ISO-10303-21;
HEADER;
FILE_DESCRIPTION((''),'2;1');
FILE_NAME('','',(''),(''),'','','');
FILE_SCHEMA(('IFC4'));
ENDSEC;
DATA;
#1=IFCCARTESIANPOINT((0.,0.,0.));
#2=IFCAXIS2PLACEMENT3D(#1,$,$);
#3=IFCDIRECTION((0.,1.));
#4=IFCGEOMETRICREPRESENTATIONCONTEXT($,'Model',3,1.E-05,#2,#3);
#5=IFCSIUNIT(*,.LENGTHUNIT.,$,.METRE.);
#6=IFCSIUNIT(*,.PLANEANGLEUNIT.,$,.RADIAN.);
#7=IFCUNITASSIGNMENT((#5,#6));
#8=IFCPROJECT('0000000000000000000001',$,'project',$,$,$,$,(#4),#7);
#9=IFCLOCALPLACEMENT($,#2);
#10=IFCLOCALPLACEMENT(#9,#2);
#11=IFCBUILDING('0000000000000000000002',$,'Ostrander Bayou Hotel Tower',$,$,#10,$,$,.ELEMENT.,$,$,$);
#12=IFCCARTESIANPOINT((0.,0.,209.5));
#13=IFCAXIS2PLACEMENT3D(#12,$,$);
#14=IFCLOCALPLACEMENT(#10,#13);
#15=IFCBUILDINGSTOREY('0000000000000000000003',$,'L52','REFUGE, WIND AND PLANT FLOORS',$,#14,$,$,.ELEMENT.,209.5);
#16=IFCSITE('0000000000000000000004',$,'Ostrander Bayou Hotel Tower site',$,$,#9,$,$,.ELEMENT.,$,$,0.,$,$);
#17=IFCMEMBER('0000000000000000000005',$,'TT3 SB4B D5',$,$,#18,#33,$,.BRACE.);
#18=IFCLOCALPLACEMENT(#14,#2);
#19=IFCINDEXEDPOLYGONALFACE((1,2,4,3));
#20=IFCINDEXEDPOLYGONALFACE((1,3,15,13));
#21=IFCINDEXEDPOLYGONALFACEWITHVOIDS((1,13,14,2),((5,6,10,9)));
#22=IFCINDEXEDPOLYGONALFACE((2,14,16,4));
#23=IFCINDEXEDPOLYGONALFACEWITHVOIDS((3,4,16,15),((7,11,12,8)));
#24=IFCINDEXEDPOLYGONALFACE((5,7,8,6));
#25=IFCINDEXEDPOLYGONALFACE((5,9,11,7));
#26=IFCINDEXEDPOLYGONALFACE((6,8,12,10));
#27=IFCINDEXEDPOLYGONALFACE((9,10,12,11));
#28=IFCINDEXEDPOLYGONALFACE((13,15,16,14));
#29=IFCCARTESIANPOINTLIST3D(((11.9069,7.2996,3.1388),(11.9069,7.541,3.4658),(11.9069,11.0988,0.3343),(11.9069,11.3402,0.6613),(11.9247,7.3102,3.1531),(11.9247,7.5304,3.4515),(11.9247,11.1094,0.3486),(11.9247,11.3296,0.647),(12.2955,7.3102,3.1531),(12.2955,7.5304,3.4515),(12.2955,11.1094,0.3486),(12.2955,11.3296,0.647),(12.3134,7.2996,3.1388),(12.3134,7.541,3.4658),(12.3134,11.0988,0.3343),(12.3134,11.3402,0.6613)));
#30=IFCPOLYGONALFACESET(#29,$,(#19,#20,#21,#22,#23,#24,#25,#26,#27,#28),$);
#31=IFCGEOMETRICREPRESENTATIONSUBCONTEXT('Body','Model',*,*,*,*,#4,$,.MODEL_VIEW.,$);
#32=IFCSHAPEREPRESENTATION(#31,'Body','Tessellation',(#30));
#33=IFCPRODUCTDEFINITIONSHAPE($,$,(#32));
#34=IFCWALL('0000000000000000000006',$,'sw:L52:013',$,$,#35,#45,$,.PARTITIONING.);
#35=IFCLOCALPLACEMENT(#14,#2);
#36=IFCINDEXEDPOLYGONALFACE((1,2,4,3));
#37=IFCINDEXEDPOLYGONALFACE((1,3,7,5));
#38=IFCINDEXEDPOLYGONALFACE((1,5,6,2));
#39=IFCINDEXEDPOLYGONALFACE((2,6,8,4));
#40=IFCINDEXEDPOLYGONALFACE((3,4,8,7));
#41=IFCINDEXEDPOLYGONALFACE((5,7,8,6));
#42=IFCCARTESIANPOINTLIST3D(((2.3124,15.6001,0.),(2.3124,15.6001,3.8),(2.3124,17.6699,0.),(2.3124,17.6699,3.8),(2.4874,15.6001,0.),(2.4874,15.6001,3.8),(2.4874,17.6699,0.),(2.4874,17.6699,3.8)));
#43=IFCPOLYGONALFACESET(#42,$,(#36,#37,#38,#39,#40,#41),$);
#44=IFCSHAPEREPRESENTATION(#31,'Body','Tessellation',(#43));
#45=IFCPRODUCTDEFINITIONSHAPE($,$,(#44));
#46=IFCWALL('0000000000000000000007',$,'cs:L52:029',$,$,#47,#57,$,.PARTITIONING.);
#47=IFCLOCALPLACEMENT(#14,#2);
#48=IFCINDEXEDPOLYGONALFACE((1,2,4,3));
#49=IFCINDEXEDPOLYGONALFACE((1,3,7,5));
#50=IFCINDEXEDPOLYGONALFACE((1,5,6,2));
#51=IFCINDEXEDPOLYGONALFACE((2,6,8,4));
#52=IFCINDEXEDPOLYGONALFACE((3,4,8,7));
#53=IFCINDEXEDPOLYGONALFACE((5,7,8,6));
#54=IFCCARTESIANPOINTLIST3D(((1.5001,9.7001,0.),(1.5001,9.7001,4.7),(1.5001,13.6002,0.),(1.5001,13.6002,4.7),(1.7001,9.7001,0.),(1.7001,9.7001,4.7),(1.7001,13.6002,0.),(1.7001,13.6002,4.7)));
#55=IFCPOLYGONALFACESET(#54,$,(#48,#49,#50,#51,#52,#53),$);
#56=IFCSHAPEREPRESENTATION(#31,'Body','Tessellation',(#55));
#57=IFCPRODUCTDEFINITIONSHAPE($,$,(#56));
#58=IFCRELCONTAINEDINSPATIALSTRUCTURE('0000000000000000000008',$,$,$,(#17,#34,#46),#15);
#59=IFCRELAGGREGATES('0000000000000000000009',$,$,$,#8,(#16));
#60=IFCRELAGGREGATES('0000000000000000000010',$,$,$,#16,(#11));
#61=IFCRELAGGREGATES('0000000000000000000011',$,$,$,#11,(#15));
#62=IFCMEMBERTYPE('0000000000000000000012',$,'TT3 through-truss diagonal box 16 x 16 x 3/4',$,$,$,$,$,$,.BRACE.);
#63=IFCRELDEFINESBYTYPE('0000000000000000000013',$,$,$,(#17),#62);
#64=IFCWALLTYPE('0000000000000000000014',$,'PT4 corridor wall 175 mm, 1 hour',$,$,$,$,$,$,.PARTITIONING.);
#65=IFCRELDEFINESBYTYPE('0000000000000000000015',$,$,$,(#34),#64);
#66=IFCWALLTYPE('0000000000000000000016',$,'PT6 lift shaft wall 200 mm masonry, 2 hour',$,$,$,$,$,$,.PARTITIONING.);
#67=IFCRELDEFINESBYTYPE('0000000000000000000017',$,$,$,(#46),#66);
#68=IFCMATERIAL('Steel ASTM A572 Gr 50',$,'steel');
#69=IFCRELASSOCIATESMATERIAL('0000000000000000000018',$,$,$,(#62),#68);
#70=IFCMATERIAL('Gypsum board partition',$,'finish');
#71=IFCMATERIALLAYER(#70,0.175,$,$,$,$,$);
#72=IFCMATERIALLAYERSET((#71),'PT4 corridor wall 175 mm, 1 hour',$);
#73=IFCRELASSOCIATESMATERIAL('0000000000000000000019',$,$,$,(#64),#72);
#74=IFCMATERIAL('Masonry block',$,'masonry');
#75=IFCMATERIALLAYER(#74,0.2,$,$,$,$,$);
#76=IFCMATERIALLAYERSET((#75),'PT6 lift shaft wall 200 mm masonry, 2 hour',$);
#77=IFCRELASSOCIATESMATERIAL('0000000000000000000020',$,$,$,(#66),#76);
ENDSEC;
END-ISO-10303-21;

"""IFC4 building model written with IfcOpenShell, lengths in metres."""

from ifc_helpers import new_model, si_unit, direction, frame, frame_2d, origin, origin_2d, place, context, subcontext, project, spatial, rectangle, hollow_rectangle, extrude, material, layer, layer_set, material_profile, profile_set, type_object, element, save


model = new_model("IFC4")

# Units and contexts
model_context = context("Model", 3, precision=1e-05, world=origin(), true_north=direction((0.0, 1.0)))
body_context = subcontext(model_context, "Body", "Model", "MODEL_VIEW")
ifc_project = project(units=[si_unit("LENGTHUNIT", "METRE"), si_unit("PLANEANGLEUNIT", "RADIAN")], contexts=[model_context])

# Site, building, storey
site_placement = place(None, origin())
site = spatial("IfcSite", under=ifc_project, at=site_placement, Name="Ostrander Bayou Hotel Tower site", CompositionType="ELEMENT", RefElevation=0.0)
building_placement = place(site_placement, origin())
building = spatial("IfcBuilding", under=site, at=building_placement, Name="Ostrander Bayou Hotel Tower", CompositionType="ELEMENT")
storey_placement = place(building_placement, frame((0.0, 0.0, 209.5)))
storey = spatial("IfcBuildingStorey", under=building, at=storey_placement, Name="L52", Description="REFUGE, WIND AND PLANT FLOORS", CompositionType="ELEMENT", Elevation=209.5)

# Member
ifc_material_1 = material(Name="Steel ASTM A572 Gr 50", Category="steel")
ifc_material_profile_1 = material_profile(ifc_material_1, hollow_rectangle(XDim=0.4065, YDim=0.4065, WallThickness=0.0178, at=origin_2d()))
ifc_profile_set_1 = profile_set([ifc_material_profile_1], Name="Steel ASTM A572 Gr 50")
member_type_1 = type_object("IfcMemberType", Name="TT3 through-truss diagonal box 16 x 16 x 3/4", PredefinedType="BRACE", material=ifc_profile_set_1)
member_1_placement = place(storey_placement, frame((12.1101, 11.2195, 0.4978), z_axis=(0.0, -0.804537, 0.593902), x_axis=(1.0, 0.0, 0.0)))
element("IfcMember", 1, at=member_1_placement, inside=storey, type_object=member_type_1, Name="TT3 SB4B D5", PredefinedType="BRACE", context=body_context, shape_type="SweptSolid", body=[
    extrude(hollow_rectangle(XDim=0.4065, YDim=0.4065, WallThickness=0.0178, at=origin_2d()), origin(), (0.0, 0.0, 1.0), 4.7222),
])

# Wall
ifc_material_2 = material(Name="Gypsum board partition", Category="finish")
ifc_layer_1 = layer(ifc_material_2, 0.175)
ifc_layer_set_1 = layer_set([ifc_layer_1], Name="PT4 corridor wall 175 mm, 1 hour")
wall_type_1 = type_object("IfcWallType", Name="PT4 corridor wall 175 mm, 1 hour", PredefinedType="PARTITIONING", material=ifc_layer_set_1)
wall_1_placement = place(storey_placement, frame((2.3999, 15.6001, 0.0), z_axis=(0.0, 0.0, 1.0), x_axis=(0.0, 1.0, 0.0)))
element("IfcWall", 2, at=wall_1_placement, inside=storey, type_object=wall_type_1, Name="sw:L52:013", PredefinedType="PARTITIONING", context=body_context, shape_type="SweptSolid", body=[
    extrude(rectangle(XDim=2.0698, YDim=0.175, at=frame_2d((1.0349, 0.0))), origin(), (0.0, 0.0, 1.0), 3.8),
])

# Wall
ifc_material_3 = material(Name="Masonry block", Category="masonry")
ifc_layer_2 = layer(ifc_material_3, 0.2)
ifc_layer_set_2 = layer_set([ifc_layer_2], Name="PT6 lift shaft wall 200 mm masonry, 2 hour")
wall_type_2 = type_object("IfcWallType", Name="PT6 lift shaft wall 200 mm masonry, 2 hour", PredefinedType="PARTITIONING", material=ifc_layer_set_2)
wall_2_placement = place(storey_placement, frame((1.6001, 9.7, 0.0), z_axis=(0.0, 0.0, 1.0), x_axis=(0.0, 1.0, 0.0)))
element("IfcWall", 3, at=wall_2_placement, inside=storey, type_object=wall_type_2, Name="cs:L52:029", PredefinedType="PARTITIONING", context=body_context, shape_type="SweptSolid", body=[
    extrude(rectangle(XDim=3.9001, YDim=0.2, at=frame_2d((1.9502, 0.0))), origin(), (0.0, 0.0, 1.0), 4.7),
])

save(model, "model.ifc")
